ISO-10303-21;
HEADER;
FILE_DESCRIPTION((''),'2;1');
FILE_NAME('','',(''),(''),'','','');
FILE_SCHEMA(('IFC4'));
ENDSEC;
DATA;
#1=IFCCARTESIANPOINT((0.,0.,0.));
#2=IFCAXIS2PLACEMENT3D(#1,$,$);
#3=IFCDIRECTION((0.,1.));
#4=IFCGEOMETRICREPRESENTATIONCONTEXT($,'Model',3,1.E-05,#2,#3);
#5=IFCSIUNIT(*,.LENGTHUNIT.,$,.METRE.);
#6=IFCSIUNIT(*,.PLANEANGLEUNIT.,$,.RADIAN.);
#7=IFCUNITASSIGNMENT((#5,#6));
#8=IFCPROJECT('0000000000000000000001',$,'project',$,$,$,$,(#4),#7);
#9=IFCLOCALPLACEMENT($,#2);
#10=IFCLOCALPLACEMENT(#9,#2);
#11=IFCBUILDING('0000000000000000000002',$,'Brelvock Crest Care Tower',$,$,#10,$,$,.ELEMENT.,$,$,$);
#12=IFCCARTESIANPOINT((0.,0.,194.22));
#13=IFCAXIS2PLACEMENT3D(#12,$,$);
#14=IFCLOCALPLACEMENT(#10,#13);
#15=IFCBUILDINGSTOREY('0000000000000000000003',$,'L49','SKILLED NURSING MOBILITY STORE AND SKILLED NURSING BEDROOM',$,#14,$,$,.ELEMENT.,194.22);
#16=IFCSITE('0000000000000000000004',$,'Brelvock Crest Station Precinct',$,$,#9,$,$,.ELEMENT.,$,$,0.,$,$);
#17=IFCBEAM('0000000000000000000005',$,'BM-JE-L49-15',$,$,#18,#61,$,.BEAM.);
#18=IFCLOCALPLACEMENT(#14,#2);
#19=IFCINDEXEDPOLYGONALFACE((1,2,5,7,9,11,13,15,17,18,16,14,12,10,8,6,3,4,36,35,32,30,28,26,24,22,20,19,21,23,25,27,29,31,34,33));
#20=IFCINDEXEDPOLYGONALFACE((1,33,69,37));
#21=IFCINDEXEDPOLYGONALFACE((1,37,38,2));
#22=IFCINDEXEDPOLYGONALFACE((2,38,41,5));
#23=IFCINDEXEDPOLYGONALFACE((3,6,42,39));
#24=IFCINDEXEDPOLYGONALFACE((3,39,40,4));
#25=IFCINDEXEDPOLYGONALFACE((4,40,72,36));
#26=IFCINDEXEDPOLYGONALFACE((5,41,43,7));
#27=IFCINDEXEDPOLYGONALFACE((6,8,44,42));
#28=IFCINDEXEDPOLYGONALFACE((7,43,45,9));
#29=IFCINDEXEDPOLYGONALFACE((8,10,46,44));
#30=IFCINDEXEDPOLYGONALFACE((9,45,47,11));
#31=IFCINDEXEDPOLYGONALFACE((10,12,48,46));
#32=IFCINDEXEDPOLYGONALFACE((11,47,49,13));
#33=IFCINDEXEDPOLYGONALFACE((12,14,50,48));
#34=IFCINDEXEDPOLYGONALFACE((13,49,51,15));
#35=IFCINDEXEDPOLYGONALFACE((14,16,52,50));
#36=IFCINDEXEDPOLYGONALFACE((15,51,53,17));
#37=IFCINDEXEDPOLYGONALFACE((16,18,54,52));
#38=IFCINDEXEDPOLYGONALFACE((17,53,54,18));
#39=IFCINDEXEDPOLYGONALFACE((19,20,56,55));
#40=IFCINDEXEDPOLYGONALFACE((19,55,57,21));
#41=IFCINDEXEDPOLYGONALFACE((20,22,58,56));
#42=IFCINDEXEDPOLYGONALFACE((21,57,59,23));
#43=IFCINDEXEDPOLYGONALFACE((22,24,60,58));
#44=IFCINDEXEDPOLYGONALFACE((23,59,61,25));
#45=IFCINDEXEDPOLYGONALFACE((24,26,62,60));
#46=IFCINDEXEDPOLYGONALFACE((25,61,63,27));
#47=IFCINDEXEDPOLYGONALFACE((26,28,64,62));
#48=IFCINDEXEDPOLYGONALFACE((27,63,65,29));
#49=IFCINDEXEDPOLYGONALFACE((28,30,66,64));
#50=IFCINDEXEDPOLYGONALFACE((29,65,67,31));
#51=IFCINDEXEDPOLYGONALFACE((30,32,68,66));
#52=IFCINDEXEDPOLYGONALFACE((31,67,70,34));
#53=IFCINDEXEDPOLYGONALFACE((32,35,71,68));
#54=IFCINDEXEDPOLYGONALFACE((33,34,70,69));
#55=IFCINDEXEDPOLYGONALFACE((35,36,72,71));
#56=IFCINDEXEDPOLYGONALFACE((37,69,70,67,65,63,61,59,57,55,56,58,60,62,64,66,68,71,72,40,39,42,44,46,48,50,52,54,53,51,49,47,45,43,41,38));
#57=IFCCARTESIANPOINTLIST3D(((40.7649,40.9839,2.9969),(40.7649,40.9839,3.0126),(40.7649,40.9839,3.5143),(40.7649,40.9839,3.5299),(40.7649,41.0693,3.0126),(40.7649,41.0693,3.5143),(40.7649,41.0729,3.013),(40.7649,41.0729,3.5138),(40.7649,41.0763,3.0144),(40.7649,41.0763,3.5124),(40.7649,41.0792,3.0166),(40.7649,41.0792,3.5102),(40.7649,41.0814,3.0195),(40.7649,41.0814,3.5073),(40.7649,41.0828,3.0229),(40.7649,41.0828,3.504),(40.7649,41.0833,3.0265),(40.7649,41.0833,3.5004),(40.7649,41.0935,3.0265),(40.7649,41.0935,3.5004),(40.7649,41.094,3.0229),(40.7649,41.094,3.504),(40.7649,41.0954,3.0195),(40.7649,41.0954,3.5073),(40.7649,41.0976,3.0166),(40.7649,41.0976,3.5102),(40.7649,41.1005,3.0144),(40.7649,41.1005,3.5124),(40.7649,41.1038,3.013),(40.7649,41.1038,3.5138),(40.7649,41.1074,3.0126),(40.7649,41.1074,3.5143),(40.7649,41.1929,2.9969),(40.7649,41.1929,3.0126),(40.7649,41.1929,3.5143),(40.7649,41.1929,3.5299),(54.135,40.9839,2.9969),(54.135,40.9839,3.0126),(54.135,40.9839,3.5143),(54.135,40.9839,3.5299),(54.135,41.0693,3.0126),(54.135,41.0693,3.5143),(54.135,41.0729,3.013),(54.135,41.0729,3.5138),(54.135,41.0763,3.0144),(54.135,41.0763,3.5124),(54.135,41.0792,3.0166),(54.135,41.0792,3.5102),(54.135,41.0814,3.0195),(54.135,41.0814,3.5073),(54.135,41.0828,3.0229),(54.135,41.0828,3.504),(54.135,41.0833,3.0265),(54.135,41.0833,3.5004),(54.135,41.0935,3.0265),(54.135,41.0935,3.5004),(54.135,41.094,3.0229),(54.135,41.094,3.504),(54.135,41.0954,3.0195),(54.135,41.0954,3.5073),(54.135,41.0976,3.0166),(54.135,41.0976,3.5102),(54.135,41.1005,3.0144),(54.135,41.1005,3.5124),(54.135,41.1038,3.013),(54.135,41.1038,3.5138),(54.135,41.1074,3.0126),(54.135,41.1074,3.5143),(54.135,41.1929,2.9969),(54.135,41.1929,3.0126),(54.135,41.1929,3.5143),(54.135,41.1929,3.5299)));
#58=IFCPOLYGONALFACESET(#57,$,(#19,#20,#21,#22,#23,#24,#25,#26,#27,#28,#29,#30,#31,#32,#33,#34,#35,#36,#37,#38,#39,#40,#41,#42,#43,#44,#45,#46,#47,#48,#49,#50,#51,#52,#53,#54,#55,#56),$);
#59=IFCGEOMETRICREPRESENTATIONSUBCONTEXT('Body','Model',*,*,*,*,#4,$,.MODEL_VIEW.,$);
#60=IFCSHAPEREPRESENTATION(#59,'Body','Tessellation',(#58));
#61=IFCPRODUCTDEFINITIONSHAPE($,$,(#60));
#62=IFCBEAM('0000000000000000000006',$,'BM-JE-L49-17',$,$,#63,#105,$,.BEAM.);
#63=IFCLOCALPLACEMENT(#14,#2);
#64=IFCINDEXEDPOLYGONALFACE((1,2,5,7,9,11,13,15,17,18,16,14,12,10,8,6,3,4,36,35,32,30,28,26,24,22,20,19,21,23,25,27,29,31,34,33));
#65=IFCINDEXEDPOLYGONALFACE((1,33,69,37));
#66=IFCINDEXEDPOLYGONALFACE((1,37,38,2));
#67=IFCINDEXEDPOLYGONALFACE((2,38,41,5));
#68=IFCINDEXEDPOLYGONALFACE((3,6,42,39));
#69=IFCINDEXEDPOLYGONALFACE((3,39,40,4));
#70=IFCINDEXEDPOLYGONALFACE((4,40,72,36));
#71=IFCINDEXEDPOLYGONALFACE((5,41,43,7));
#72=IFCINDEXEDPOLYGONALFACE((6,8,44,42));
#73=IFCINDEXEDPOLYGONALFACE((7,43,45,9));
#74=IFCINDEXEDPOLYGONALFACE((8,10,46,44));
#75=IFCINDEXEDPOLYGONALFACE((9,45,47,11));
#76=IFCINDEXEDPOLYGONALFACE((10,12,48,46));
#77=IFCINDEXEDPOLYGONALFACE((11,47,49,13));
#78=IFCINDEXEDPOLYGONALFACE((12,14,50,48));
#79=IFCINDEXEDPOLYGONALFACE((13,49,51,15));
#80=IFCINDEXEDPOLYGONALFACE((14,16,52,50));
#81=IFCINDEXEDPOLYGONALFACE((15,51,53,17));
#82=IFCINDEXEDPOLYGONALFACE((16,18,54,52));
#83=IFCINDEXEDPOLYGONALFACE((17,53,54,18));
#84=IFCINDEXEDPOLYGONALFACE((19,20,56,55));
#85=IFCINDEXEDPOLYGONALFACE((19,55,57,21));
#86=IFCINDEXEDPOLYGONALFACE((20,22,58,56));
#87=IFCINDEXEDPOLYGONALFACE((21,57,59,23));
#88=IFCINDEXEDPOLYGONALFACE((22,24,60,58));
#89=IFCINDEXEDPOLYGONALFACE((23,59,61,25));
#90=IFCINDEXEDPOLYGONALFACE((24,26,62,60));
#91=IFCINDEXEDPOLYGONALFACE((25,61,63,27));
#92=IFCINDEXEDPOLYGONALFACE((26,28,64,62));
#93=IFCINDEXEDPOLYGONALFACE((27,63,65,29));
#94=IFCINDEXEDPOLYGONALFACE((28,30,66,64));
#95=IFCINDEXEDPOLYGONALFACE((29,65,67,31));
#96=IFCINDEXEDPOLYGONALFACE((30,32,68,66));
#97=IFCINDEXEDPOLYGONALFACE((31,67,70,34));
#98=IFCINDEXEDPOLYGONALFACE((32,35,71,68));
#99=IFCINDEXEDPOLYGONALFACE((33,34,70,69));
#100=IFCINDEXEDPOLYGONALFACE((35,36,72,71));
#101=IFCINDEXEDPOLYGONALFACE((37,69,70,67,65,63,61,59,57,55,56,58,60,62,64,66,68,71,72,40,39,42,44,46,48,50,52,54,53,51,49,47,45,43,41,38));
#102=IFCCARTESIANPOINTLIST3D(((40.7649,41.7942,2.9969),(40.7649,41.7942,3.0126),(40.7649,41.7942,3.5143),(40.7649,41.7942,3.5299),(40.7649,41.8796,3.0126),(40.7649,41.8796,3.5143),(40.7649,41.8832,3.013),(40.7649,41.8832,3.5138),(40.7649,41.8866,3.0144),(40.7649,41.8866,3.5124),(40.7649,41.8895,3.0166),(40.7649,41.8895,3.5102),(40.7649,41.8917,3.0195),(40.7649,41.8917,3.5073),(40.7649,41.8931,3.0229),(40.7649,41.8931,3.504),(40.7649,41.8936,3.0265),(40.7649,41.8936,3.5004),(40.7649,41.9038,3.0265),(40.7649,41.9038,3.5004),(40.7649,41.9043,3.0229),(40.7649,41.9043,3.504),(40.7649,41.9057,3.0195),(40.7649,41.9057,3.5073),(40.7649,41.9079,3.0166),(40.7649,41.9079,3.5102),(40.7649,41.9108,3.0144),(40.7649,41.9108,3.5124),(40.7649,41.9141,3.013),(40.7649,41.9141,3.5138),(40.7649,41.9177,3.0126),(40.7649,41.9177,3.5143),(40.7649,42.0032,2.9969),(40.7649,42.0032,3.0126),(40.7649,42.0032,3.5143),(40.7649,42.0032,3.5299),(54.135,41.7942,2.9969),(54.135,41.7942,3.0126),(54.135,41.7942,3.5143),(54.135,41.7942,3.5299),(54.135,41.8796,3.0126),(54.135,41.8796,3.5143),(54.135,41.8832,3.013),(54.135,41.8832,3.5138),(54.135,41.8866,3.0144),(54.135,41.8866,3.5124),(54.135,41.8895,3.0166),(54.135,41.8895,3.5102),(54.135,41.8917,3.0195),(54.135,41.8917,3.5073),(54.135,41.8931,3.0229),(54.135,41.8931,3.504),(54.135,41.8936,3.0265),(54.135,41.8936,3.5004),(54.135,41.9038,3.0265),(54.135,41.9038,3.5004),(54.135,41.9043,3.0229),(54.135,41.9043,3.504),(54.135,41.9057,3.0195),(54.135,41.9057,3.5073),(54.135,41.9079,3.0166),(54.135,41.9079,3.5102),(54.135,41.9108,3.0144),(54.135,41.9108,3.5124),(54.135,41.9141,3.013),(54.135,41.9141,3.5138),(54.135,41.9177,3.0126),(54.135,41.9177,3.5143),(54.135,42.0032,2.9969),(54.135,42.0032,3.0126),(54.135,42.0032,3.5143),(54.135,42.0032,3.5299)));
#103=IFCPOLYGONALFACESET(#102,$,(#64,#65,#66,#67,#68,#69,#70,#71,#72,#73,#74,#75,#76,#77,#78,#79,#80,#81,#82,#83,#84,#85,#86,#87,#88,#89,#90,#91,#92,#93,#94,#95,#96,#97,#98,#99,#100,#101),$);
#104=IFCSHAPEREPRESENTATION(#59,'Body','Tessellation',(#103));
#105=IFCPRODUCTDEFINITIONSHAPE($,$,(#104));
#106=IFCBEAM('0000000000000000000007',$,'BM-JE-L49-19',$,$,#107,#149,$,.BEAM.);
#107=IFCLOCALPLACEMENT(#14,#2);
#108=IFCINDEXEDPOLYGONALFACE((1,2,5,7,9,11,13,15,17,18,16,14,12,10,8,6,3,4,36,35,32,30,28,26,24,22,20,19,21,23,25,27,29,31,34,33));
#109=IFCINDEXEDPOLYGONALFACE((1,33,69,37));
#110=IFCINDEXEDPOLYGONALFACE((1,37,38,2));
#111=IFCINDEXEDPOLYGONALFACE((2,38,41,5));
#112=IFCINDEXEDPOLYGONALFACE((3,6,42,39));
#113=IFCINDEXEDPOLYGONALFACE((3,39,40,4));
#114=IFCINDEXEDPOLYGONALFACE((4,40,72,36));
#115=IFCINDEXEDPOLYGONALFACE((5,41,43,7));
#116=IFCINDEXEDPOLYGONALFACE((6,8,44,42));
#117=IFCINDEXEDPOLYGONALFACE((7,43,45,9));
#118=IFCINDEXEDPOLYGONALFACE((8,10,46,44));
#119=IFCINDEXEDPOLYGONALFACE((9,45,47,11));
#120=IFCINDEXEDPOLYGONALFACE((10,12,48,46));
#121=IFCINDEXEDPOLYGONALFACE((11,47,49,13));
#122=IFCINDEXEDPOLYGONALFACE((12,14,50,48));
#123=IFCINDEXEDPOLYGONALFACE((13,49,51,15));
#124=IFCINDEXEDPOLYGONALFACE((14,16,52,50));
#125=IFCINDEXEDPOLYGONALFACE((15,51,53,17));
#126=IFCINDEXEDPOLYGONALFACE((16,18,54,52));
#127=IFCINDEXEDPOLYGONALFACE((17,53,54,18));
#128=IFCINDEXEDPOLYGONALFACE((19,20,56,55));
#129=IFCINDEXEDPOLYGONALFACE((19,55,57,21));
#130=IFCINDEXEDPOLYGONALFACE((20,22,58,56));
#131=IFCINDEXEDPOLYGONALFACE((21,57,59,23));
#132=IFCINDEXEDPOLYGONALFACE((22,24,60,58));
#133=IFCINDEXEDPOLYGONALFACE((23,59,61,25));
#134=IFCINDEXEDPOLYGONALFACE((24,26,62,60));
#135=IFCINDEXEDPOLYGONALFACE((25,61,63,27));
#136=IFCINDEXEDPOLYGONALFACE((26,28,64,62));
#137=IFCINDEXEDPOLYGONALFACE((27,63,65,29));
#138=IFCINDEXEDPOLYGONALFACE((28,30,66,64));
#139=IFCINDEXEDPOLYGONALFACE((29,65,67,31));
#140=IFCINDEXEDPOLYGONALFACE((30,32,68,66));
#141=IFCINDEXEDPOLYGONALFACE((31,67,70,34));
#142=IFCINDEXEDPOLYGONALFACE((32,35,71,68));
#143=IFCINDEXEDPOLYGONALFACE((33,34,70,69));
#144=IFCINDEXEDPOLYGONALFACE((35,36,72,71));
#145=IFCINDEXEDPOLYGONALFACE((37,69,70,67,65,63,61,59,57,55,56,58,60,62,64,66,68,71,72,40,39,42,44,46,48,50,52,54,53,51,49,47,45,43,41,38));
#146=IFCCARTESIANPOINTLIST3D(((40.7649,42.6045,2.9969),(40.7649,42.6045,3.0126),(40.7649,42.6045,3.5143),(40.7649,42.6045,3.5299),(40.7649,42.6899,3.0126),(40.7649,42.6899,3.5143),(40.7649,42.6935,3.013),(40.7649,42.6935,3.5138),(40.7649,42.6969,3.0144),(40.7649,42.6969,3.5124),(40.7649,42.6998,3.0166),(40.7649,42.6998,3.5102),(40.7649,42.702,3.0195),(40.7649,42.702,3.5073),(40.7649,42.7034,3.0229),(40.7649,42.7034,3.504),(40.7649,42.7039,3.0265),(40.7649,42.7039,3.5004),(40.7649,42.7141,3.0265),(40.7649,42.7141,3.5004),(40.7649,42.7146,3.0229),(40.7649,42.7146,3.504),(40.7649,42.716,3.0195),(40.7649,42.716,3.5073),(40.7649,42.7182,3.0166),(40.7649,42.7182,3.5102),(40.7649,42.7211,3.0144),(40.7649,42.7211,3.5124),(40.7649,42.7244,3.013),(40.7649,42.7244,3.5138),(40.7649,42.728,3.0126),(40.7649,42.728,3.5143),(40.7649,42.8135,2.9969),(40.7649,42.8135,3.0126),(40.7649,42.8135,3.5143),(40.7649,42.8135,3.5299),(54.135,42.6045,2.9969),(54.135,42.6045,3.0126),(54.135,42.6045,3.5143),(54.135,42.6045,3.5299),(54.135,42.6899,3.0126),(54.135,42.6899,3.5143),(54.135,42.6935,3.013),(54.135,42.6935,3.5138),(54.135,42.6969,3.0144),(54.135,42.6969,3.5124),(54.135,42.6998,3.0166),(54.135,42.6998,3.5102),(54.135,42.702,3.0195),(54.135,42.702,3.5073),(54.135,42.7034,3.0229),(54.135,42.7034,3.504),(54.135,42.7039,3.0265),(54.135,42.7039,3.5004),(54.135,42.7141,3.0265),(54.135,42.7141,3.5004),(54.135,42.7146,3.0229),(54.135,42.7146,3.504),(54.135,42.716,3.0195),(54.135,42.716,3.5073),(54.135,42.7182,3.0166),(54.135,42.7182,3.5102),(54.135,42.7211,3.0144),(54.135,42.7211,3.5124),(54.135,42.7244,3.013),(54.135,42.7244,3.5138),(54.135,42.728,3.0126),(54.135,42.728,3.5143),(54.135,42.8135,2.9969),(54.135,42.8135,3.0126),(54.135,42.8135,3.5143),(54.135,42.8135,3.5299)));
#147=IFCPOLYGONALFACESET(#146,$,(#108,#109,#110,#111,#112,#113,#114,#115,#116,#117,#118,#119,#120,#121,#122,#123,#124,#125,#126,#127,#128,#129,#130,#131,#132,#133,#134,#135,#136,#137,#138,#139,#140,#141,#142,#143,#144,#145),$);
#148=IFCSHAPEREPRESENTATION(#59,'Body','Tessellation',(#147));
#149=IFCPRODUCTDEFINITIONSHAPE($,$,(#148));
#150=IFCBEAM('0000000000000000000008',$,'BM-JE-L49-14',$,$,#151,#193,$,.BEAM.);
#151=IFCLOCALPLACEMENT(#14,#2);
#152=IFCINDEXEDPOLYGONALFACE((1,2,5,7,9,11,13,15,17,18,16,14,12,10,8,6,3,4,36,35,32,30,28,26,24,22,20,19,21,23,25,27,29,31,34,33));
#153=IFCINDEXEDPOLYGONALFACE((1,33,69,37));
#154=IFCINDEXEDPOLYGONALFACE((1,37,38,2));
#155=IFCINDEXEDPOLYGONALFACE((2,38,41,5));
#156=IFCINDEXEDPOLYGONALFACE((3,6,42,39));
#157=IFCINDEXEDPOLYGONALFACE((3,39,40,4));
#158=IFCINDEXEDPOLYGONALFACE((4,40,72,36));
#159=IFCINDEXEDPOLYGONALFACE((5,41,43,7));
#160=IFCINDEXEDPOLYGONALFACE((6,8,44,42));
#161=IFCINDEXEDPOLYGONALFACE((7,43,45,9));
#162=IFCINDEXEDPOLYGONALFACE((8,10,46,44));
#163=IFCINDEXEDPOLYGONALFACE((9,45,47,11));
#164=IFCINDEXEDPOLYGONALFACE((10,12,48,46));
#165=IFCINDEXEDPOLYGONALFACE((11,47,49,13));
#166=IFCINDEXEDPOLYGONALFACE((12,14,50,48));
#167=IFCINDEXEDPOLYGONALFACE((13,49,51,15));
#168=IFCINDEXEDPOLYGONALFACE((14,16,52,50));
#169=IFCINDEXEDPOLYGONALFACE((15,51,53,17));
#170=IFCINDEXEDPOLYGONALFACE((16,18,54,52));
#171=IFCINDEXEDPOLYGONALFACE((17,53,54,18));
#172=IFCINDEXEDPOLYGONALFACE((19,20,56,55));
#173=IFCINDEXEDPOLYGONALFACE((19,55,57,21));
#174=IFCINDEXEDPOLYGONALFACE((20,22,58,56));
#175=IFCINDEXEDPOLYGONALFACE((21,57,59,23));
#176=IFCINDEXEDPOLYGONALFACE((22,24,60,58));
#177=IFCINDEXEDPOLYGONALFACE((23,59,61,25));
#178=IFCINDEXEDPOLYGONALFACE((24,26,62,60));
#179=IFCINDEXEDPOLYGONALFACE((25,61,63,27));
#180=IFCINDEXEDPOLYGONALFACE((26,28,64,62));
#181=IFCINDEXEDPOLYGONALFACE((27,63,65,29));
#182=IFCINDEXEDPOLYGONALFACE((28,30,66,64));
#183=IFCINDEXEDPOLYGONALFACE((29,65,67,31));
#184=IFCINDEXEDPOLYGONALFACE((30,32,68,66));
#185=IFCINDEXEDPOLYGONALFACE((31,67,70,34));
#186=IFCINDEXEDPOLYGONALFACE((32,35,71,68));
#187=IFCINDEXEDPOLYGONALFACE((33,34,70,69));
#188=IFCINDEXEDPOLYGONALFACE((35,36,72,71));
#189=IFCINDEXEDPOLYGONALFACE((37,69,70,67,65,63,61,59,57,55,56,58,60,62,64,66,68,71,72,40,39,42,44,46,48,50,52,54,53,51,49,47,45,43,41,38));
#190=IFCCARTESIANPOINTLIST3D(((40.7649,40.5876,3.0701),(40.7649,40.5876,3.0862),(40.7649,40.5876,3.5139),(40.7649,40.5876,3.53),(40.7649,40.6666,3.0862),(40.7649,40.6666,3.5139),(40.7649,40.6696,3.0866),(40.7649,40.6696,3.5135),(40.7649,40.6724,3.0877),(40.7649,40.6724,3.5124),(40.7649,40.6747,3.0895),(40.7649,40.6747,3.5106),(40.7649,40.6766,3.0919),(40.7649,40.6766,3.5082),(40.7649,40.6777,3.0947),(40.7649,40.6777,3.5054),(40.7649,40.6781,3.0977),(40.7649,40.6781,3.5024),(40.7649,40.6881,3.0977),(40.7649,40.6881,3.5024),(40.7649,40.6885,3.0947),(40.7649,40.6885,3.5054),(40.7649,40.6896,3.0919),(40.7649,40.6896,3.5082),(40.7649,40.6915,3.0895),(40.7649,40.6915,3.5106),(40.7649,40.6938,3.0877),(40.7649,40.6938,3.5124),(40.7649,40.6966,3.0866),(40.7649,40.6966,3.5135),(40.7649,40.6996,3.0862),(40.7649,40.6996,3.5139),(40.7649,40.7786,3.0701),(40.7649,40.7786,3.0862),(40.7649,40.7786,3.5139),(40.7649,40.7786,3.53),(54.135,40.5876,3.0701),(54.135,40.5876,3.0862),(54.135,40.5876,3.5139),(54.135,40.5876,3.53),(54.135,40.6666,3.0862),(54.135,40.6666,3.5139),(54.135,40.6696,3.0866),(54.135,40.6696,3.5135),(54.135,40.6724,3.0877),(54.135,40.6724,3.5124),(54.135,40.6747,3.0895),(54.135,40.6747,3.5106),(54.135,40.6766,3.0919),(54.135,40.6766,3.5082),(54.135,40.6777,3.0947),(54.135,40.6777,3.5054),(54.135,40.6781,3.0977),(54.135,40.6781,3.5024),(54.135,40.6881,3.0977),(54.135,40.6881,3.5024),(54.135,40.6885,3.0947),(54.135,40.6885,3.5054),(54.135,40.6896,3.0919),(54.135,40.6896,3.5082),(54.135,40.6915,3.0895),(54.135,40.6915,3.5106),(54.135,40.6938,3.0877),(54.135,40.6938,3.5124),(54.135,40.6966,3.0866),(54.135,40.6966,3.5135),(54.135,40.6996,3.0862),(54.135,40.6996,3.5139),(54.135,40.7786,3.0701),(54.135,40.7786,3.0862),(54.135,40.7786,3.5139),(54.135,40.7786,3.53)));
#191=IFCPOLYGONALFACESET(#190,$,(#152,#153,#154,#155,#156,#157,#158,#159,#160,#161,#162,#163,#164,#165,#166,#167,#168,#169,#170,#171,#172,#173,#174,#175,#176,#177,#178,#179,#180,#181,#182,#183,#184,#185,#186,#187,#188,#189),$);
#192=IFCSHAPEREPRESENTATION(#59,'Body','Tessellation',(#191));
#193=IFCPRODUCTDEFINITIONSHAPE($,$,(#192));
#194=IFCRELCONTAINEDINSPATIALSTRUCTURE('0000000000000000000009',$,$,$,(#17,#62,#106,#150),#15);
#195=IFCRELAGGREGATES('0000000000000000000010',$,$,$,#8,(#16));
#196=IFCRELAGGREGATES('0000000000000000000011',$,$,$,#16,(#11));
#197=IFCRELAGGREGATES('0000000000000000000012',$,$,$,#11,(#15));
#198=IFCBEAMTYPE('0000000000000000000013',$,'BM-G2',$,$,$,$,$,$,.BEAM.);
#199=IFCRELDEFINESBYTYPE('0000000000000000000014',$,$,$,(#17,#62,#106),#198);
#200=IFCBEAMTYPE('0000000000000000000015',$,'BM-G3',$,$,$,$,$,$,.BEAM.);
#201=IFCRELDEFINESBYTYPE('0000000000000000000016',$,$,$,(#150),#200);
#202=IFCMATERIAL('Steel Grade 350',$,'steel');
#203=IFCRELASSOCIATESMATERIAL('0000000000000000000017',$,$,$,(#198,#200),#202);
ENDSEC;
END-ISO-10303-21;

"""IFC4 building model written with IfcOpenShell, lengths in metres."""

from ifc_helpers import new_model, si_unit, direction, frame, origin, origin_2d, place, context, subcontext, project, spatial, i_section, extrude, source, transform, mapped, material, material_profile, profile_set, type_object, element, save


model = new_model("IFC4")

# Units and contexts
model_context = context("Model", 3, precision=1e-05, world=origin(), true_north=direction((0.0, 1.0)))
body_context = subcontext(model_context, "Body", "Model", "MODEL_VIEW")
ifc_project = project(units=[si_unit("LENGTHUNIT", "METRE"), si_unit("PLANEANGLEUNIT", "RADIAN")], contexts=[model_context])

# Site, building, storey
site_placement = place(None, origin())
site = spatial("IfcSite", under=ifc_project, at=site_placement, Name="Brelvock Crest Station Precinct", CompositionType="ELEMENT", RefElevation=0.0)
building_placement = place(site_placement, origin())
building = spatial("IfcBuilding", under=site, at=building_placement, Name="Brelvock Crest Care Tower", CompositionType="ELEMENT")
storey_placement = place(building_placement, frame((0.0, 0.0, 194.22)))
storey = spatial("IfcBuildingStorey", under=building, at=storey_placement, Name="L49", Description="SKILLED NURSING MOBILITY STORE AND SKILLED NURSING BEDROOM", CompositionType="ELEMENT", Elevation=194.22)

# Beams
ifc_material_1 = material(Name="Steel Grade 350", Category="steel")
ifc_material_profile_1 = material_profile(ifc_material_1, i_section(OverallWidth=0.209, OverallDepth=0.533, WebThickness=0.0103, FlangeThickness=0.0156, FilletRadius=0.0139, at=origin_2d()), Name="530UB92.4")
ifc_profile_set_1 = profile_set([ifc_material_profile_1], Name="Steel Grade 350")
beam_type_1 = type_object("IfcBeamType", Name="BM-G2", PredefinedType="BEAM", material=ifc_profile_set_1)
shared_shape_1 = source(origin(), body_context, "Body", "SweptSolid", [
    extrude(i_section(OverallWidth=0.209, OverallDepth=0.533, WebThickness=0.0103, FlangeThickness=0.0156, FilletRadius=0.0139, at=origin_2d()), origin(), (0.0, 0.0, 1.0), 13.3701),
])
for number, where, z_axis, x_axis, name in (
    (1, (40.7649, 41.0884, 3.2634), (1.0, 0.0, 0.0), (0.0, 1.0, 0.0), "BM-JE-L49-15"),
    (2, (40.7649, 41.8987, 3.2634), (1.0, 0.0, 0.0), (0.0, 1.0, 0.0), "BM-JE-L49-17"),
    (3, (40.7649, 42.709, 3.2634), (1.0, 0.0, 0.0), (0.0, 1.0, 0.0), "BM-JE-L49-19"),
):
    element("IfcBeam", number, at=place(storey_placement, frame(where, z_axis=z_axis, x_axis=x_axis)), inside=storey, type_object=beam_type_1, Name=name, PredefinedType="BEAM", context=body_context, shape_type="MappedRepresentation", body=[
        mapped(shared_shape_1, transform((0.0, 0.0, 0.0), x_axis=(1.0, 0.0, 0.0), y_axis=(0.0, 1.0, 0.0), z_axis=(0.0, 0.0, 1.0), scale=1.0)),
    ])
ifc_material_profile_2 = material_profile(ifc_material_1, i_section(OverallWidth=0.1909, OverallDepth=0.46, WebThickness=0.01, FlangeThickness=0.0161, FilletRadius=0.0115, at=origin_2d()), Name="460UB82.1")
ifc_profile_set_2 = profile_set([ifc_material_profile_2], Name="Steel Grade 350")
beam_type_2 = type_object("IfcBeamType", Name="BM-G3", PredefinedType="BEAM", material=ifc_profile_set_2)
shared_shape_2 = source(origin(), body_context, "Body", "SweptSolid", [
    extrude(i_section(OverallWidth=0.1909, OverallDepth=0.46, WebThickness=0.01, FlangeThickness=0.0161, FilletRadius=0.0115, at=origin_2d()), origin(), (0.0, 0.0, 1.0), 13.3701),
])
for number, where, z_axis, x_axis, name in (
    (4, (40.7649, 40.6831, 3.3), (1.0, 0.0, 0.0), (0.0, 1.0, 0.0), "BM-JE-L49-14"),
):
    element("IfcBeam", number, at=place(storey_placement, frame(where, z_axis=z_axis, x_axis=x_axis)), inside=storey, type_object=beam_type_2, Name=name, PredefinedType="BEAM", context=body_context, shape_type="MappedRepresentation", body=[
        mapped(shared_shape_2, transform((0.0, 0.0, 0.0), x_axis=(1.0, 0.0, 0.0), y_axis=(0.0, 1.0, 0.0), z_axis=(0.0, 0.0, 1.0), scale=1.0)),
    ])

save(model, "model.ifc")
